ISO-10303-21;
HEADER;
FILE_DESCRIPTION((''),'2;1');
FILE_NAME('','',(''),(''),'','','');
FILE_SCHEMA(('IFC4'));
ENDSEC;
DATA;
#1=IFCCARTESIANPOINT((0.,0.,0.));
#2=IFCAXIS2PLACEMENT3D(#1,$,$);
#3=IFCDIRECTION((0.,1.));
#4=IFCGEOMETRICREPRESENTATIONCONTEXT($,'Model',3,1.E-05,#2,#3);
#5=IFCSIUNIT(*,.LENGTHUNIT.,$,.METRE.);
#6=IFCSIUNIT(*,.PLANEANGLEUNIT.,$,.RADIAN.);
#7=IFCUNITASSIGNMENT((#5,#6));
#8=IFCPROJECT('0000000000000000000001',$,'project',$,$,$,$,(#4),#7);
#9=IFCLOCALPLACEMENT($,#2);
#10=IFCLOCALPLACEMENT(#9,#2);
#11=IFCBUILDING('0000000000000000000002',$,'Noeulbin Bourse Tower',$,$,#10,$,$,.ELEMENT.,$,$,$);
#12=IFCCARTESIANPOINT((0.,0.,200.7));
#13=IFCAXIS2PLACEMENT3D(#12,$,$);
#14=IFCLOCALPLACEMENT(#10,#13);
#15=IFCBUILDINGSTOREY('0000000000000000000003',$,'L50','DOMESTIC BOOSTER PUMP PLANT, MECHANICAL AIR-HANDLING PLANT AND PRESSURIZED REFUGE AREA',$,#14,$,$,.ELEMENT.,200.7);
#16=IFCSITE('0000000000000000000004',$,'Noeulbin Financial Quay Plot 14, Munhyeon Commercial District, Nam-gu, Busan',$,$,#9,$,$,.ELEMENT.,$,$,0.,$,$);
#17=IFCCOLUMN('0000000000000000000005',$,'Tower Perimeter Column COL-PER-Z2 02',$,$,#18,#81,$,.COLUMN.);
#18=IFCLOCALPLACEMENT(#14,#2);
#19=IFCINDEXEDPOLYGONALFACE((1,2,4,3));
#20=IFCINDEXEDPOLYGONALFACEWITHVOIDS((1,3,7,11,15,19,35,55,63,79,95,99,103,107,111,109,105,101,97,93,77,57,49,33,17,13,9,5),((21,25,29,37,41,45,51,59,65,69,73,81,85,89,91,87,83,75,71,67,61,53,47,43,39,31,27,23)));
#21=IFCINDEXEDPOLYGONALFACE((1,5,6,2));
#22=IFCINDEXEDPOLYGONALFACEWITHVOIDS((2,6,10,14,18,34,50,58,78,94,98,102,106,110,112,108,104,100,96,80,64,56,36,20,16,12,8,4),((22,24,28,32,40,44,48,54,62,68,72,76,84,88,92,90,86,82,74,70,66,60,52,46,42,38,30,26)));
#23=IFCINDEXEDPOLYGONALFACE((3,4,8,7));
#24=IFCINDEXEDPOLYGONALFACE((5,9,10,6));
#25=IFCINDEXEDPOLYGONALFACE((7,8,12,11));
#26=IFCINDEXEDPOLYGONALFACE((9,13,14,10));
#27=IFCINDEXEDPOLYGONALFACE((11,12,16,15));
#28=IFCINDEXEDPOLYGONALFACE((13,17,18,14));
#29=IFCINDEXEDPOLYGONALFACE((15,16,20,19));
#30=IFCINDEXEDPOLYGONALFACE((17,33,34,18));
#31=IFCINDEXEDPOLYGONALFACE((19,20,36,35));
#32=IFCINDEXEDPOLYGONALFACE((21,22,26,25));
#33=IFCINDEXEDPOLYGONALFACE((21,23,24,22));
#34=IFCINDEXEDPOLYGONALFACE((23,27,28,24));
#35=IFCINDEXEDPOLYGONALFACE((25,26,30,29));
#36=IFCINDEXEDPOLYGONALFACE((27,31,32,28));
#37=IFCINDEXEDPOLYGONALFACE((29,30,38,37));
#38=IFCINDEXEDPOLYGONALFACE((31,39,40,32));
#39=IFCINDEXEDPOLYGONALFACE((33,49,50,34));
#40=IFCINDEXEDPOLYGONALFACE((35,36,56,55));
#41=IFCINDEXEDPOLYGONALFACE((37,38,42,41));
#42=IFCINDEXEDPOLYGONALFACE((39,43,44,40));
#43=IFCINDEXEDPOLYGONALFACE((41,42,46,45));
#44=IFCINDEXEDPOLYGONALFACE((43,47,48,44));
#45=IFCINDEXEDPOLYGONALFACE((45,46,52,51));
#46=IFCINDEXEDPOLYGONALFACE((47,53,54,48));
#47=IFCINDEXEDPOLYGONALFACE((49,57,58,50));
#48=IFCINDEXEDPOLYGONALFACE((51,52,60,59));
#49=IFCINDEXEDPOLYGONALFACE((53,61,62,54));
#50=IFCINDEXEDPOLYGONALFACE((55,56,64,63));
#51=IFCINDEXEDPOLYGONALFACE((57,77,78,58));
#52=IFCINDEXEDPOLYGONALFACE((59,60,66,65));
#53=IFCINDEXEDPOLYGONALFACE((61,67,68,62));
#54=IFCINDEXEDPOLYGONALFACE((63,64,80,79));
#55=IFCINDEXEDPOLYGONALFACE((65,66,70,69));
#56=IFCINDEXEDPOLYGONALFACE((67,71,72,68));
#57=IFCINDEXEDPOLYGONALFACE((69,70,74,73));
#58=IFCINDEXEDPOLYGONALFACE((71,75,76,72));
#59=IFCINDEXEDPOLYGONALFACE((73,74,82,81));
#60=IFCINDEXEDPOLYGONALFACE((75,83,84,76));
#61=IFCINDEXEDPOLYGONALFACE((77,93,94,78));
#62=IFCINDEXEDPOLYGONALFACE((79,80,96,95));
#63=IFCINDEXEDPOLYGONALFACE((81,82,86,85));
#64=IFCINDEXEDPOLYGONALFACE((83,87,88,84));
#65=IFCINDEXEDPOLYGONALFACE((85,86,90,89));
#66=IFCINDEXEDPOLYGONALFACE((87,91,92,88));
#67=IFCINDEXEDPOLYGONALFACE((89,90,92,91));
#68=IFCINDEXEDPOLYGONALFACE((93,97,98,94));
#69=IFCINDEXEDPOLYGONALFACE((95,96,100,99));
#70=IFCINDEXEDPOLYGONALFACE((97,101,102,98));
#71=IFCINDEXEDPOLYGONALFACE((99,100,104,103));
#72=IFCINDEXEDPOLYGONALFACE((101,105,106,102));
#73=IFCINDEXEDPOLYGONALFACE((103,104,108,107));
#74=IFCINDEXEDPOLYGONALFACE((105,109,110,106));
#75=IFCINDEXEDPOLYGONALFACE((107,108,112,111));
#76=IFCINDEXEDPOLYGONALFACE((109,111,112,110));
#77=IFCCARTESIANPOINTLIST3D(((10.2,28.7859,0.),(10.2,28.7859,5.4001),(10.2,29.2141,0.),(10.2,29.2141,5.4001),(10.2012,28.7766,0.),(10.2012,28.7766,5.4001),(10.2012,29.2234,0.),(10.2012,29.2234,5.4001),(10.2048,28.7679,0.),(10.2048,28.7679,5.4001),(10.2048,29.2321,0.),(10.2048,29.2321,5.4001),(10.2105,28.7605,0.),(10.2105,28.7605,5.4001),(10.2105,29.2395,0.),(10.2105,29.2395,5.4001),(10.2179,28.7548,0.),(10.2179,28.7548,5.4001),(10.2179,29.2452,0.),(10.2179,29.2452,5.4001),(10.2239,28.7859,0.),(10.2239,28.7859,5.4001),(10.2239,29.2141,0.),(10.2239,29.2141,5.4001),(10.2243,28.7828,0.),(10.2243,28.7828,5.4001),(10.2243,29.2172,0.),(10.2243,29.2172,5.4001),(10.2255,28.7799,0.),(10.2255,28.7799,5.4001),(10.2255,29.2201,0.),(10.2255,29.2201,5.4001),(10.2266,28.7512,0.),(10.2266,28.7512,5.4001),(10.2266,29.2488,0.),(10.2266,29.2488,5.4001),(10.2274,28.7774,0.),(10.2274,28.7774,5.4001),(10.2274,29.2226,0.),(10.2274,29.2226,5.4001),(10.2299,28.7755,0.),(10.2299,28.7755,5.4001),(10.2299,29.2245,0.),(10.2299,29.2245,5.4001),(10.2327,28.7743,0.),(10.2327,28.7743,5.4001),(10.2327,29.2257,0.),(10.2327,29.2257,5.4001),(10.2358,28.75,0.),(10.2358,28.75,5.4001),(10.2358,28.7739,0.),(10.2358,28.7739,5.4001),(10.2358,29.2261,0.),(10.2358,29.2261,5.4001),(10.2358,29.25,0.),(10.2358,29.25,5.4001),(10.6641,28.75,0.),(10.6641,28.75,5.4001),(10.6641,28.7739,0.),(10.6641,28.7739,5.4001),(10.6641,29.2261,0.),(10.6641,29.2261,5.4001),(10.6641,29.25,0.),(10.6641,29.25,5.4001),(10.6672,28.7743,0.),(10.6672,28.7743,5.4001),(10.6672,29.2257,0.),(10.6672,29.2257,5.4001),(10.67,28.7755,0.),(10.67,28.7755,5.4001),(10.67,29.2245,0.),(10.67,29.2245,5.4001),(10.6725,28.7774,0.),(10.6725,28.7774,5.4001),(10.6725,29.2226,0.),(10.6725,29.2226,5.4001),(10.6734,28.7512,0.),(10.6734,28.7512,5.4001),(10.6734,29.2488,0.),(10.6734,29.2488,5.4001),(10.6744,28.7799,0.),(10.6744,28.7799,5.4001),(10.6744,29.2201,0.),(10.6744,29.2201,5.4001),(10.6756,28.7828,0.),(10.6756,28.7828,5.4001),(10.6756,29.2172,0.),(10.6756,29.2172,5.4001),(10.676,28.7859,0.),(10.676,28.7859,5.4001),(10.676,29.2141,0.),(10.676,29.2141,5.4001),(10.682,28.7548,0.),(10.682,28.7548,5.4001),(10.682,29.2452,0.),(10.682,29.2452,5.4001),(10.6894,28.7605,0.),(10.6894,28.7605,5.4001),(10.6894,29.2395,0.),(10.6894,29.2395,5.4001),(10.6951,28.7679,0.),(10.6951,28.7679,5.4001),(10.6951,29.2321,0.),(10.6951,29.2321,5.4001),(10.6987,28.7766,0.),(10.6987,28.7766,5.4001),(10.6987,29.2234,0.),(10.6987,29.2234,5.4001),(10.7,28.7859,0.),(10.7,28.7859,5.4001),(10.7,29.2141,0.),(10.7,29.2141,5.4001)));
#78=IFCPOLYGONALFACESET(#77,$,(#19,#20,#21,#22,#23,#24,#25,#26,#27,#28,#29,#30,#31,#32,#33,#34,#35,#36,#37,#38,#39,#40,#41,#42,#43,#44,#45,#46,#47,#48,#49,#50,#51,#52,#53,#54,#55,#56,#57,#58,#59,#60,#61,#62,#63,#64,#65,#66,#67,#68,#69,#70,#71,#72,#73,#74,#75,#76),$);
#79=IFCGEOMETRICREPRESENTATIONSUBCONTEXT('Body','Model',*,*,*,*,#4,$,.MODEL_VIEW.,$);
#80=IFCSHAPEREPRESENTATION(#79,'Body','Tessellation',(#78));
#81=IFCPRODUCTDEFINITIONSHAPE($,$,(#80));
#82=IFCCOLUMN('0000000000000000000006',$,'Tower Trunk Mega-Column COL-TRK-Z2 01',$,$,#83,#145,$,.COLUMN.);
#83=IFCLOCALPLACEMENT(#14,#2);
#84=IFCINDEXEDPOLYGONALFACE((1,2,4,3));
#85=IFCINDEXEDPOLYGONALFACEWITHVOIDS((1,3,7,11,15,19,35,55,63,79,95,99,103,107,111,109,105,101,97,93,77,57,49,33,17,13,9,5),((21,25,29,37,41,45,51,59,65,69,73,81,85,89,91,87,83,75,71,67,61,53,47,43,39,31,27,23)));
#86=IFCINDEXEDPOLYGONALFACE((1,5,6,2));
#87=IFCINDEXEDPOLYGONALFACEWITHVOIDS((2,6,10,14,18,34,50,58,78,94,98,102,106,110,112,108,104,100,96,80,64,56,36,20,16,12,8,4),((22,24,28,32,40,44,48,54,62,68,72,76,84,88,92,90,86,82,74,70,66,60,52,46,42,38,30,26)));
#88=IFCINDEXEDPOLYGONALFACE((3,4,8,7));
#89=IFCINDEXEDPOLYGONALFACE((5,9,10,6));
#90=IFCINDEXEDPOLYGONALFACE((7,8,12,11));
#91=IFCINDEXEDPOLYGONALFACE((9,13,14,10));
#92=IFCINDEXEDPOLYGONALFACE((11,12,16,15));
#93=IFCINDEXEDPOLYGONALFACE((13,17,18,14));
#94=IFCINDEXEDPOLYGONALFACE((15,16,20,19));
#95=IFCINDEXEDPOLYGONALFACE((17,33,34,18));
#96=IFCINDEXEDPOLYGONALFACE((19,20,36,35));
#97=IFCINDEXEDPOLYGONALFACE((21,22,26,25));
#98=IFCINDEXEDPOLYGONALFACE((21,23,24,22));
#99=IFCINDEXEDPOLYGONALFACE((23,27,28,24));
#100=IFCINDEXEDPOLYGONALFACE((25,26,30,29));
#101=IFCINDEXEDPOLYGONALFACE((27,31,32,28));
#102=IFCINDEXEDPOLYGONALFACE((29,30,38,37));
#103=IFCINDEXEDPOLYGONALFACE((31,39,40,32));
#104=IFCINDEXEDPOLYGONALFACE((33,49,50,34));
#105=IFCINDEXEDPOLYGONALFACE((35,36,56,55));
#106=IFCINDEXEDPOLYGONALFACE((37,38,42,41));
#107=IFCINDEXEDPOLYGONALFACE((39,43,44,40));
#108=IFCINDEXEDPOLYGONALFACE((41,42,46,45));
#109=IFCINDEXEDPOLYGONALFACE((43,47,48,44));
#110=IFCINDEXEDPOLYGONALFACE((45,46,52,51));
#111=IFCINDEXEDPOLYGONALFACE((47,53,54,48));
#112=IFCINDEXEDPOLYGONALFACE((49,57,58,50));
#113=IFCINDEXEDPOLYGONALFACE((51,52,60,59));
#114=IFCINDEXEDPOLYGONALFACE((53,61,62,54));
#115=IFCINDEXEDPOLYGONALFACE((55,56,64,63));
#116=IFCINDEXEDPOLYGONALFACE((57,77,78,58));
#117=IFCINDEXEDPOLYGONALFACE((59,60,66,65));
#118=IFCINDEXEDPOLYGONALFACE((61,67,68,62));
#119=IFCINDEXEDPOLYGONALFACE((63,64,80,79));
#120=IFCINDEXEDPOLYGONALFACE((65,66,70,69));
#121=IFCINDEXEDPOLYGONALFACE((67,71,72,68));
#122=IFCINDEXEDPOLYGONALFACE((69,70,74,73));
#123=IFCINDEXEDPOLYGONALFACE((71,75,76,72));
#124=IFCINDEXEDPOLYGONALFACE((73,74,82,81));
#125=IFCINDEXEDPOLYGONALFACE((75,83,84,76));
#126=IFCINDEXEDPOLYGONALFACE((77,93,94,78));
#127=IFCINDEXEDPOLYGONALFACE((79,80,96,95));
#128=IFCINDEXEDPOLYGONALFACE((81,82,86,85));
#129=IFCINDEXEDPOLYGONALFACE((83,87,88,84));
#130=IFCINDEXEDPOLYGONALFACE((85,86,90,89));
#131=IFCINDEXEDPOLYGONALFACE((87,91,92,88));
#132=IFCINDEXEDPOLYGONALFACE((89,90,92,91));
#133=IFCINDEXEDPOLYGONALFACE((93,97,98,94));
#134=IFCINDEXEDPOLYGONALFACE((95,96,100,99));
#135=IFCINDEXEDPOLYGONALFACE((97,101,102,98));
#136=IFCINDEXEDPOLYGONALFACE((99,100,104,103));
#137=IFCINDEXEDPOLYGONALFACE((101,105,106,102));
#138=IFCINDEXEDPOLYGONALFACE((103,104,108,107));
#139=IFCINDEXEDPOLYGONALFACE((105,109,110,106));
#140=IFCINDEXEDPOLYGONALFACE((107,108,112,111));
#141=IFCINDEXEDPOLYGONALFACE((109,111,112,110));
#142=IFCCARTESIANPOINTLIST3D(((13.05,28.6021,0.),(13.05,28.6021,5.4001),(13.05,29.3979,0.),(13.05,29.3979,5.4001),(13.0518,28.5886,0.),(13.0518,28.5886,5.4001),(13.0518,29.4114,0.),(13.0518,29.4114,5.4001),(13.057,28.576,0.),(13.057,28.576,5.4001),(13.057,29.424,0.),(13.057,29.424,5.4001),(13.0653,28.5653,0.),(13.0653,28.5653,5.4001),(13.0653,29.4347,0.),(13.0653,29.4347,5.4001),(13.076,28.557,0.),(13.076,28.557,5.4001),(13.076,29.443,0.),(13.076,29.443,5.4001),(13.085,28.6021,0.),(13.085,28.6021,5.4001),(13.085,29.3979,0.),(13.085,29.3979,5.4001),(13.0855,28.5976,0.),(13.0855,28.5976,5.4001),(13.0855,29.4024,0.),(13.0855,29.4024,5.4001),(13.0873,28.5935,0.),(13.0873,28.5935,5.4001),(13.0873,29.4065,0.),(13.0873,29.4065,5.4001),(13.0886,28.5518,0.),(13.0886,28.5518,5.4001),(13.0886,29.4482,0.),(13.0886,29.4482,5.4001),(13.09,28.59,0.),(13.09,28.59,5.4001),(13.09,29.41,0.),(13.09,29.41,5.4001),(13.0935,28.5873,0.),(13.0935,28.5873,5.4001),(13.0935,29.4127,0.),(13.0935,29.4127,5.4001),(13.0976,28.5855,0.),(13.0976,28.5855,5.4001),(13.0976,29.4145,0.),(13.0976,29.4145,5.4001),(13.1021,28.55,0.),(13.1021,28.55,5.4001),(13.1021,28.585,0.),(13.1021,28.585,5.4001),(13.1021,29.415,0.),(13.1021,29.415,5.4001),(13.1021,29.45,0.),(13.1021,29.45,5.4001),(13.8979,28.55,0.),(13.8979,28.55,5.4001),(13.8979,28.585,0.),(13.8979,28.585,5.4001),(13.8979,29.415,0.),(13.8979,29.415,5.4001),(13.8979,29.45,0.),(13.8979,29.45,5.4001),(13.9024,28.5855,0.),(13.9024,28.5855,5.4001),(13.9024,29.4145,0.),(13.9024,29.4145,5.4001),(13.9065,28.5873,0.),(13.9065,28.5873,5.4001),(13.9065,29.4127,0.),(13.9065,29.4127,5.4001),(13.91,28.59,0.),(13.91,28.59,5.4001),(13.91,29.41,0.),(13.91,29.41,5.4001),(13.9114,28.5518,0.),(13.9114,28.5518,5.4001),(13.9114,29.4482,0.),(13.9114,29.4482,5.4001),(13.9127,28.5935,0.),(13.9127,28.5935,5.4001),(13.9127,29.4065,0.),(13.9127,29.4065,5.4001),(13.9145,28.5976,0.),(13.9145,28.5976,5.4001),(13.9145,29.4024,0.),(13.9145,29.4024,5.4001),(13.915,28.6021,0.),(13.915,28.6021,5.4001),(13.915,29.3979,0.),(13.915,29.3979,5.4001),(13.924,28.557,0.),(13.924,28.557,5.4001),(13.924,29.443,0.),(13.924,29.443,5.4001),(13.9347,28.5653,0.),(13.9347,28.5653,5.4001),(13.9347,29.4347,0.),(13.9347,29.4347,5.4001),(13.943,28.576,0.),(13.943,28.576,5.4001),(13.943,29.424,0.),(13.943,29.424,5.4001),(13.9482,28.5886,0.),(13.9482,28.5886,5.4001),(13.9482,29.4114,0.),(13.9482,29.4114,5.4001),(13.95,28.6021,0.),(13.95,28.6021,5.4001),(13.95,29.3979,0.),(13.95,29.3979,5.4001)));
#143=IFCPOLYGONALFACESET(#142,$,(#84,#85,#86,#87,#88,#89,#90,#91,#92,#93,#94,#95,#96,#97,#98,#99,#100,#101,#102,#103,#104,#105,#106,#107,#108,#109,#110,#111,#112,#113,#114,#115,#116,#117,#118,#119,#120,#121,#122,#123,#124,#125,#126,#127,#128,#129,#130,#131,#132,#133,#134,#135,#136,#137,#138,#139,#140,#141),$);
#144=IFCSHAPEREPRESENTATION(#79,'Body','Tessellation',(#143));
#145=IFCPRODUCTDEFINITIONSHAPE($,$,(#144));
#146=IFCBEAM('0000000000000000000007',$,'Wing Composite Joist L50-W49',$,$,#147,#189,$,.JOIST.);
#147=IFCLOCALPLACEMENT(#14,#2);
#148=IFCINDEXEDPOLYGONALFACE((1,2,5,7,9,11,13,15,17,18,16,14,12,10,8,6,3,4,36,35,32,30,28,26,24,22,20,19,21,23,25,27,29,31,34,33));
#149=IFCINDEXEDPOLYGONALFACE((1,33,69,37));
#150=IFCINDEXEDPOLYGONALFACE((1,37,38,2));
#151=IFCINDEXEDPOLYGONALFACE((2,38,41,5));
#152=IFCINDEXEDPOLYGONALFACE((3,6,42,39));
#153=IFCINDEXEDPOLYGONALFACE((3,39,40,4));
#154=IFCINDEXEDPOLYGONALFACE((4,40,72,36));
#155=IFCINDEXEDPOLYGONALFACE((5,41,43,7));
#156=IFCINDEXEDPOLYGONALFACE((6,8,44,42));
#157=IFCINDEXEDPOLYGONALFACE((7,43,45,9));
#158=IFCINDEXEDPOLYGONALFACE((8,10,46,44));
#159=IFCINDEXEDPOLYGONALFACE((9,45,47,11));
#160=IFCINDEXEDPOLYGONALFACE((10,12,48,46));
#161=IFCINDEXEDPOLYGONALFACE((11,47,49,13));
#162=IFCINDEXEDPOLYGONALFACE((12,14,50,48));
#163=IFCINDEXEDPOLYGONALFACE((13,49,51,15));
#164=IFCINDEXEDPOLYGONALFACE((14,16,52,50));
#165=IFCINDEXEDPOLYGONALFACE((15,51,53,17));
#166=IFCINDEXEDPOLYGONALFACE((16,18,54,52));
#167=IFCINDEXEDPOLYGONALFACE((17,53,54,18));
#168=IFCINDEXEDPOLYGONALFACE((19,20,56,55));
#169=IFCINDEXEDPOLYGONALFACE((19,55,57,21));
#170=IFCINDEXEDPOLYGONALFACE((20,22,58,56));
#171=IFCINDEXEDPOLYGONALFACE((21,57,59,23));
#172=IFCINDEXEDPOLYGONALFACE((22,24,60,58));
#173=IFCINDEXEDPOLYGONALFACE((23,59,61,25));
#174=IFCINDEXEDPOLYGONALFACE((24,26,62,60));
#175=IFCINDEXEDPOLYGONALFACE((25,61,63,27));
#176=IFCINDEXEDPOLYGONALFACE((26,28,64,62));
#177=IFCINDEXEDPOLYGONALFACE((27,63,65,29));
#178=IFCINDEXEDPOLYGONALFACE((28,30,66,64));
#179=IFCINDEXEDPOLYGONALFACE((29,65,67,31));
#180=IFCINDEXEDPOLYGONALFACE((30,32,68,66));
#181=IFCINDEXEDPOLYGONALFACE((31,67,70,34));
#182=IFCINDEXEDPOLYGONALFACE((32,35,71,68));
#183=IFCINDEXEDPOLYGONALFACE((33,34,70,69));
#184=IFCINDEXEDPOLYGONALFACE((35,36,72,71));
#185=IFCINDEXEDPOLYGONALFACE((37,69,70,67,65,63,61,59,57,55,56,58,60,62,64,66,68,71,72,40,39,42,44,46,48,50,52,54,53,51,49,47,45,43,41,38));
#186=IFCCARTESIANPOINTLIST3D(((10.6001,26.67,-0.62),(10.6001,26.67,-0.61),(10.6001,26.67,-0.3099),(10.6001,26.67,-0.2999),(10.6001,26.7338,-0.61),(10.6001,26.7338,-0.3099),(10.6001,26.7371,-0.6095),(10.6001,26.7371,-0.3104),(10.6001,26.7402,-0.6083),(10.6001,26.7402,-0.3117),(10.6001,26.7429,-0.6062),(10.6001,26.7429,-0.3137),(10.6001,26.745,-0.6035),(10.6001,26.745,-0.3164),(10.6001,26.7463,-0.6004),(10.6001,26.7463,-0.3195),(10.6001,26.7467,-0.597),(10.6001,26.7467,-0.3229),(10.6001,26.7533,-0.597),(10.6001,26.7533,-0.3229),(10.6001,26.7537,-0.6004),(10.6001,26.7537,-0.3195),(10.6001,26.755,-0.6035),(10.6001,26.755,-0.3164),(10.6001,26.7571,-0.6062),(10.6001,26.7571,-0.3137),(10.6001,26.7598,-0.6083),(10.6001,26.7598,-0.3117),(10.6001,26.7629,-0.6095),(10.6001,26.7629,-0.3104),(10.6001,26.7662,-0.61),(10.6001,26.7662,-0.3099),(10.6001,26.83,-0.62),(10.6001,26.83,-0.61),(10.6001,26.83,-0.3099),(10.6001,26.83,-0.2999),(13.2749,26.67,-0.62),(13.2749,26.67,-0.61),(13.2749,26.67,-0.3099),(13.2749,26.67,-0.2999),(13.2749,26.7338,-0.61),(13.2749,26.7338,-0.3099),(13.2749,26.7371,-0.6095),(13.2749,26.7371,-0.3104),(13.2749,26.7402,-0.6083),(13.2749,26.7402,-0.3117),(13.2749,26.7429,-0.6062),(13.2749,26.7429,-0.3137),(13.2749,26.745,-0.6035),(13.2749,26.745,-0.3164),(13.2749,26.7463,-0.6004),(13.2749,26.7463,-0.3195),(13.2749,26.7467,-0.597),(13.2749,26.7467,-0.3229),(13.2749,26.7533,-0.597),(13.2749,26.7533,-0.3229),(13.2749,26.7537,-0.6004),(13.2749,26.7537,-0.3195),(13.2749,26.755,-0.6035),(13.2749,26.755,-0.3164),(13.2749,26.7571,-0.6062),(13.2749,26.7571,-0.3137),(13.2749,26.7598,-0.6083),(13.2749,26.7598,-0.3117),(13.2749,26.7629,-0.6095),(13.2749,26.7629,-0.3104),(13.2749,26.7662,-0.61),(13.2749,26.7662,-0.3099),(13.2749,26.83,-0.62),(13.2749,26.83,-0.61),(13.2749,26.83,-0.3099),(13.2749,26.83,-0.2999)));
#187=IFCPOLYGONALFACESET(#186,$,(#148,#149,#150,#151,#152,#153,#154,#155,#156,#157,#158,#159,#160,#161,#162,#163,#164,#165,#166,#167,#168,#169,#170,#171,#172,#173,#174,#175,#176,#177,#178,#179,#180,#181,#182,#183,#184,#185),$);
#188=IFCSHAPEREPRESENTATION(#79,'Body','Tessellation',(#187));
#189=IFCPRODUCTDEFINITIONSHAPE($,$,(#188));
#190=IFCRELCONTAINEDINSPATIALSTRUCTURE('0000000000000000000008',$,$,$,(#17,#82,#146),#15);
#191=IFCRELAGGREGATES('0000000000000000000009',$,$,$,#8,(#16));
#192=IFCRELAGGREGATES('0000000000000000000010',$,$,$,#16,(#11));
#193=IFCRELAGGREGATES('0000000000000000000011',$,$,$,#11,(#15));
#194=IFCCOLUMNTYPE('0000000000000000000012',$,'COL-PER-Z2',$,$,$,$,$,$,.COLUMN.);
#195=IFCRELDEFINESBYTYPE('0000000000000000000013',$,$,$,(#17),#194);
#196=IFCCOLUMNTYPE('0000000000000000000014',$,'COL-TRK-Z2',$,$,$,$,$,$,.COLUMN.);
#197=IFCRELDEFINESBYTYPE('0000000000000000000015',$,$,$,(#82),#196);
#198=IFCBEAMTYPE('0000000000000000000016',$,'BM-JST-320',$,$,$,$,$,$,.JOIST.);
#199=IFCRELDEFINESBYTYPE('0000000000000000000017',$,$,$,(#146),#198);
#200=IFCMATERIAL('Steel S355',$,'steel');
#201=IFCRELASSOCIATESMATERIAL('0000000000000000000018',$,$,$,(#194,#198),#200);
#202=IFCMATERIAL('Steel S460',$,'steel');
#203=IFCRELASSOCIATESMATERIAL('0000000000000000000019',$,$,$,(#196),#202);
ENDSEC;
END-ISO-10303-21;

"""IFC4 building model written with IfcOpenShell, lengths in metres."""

from ifc_helpers import new_model, si_unit, direction, frame, origin, origin_2d, place, context, subcontext, project, spatial, hollow_rectangle, i_section, extrude, material, material_profile, profile_set, type_object, element, save


model = new_model("IFC4")

# Units and contexts
model_context = context("Model", 3, precision=1e-05, world=origin(), true_north=direction((0.0, 1.0)))
body_context = subcontext(model_context, "Body", "Model", "MODEL_VIEW")
ifc_project = project(units=[si_unit("LENGTHUNIT", "METRE"), si_unit("PLANEANGLEUNIT", "RADIAN")], contexts=[model_context])

# Site, building, storey
site_placement = place(None, origin())
site = spatial("IfcSite", under=ifc_project, at=site_placement, Name="Noeulbin Financial Quay Plot 14, Munhyeon Commercial District, Nam-gu, Busan", CompositionType="ELEMENT", RefElevation=0.0)
building_placement = place(site_placement, origin())
building = spatial("IfcBuilding", under=site, at=building_placement, Name="Noeulbin Bourse Tower", CompositionType="ELEMENT")
storey_placement = place(building_placement, frame((0.0, 0.0, 200.7)))
storey = spatial("IfcBuildingStorey", under=building, at=storey_placement, Name="L50", Description="DOMESTIC BOOSTER PUMP PLANT, MECHANICAL AIR-HANDLING PLANT AND PRESSURIZED REFUGE AREA", CompositionType="ELEMENT", Elevation=200.7)

# Columns
ifc_material_1 = material(Name="Steel S355", Category="steel")
ifc_material_profile_1 = material_profile(ifc_material_1, hollow_rectangle(XDim=0.5, YDim=0.5, WallThickness=0.0239, InnerFilletRadius=0.012, OuterFilletRadius=0.0359, at=origin_2d()), Name="BOX-500x500x24", Category="LoadBearing")
ifc_profile_set_1 = profile_set([ifc_material_profile_1], Name="Steel S355")
column_type_1 = type_object("IfcColumnType", Name="COL-PER-Z2", PredefinedType="COLUMN", material=ifc_profile_set_1)
column_1_placement = place(storey_placement, frame((10.45, 29.0, 0.0), z_axis=(0.0, 0.0, 1.0), x_axis=(1.0, 0.0, 0.0)))
element("IfcColumn", 1, at=column_1_placement, inside=storey, type_object=column_type_1, Name="Tower Perimeter Column COL-PER-Z2 02", PredefinedType="COLUMN", context=body_context, shape_type="SweptSolid", body=[
    extrude(hollow_rectangle(XDim=0.5, YDim=0.5, WallThickness=0.0239, InnerFilletRadius=0.012, OuterFilletRadius=0.0359, at=origin_2d()), origin(), (0.0, 0.0, 1.0), 5.4001),
])
ifc_material_2 = material(Name="Steel S460", Category="steel")
ifc_material_profile_2 = material_profile(ifc_material_2, hollow_rectangle(XDim=0.8999, YDim=0.8999, WallThickness=0.0349, InnerFilletRadius=0.0171, OuterFilletRadius=0.052, at=origin_2d()), Name="BOX-900x900x35", Category="LoadBearing")
ifc_profile_set_2 = profile_set([ifc_material_profile_2], Name="Steel S460")
column_type_2 = type_object("IfcColumnType", Name="COL-TRK-Z2", PredefinedType="COLUMN", material=ifc_profile_set_2)
column_2_placement = place(storey_placement, frame((13.5, 29.0, 0.0), z_axis=(0.0, 0.0, 1.0), x_axis=(1.0, 0.0, 0.0)))
element("IfcColumn", 2, at=column_2_placement, inside=storey, type_object=column_type_2, Name="Tower Trunk Mega-Column COL-TRK-Z2 01", PredefinedType="COLUMN", context=body_context, shape_type="SweptSolid", body=[
    extrude(hollow_rectangle(XDim=0.8999, YDim=0.8999, WallThickness=0.0349, InnerFilletRadius=0.0171, OuterFilletRadius=0.052, at=origin_2d()), origin(), (0.0, 0.0, 1.0), 5.4001),
])

# Beam
ifc_material_profile_3 = material_profile(ifc_material_1, i_section(OverallWidth=0.1599, OverallDepth=0.3201, WebThickness=0.0066, FlangeThickness=0.01, FilletRadius=0.0129, at=origin_2d()), Name="H-320x160x6.5x10", Category="LoadBearing")
ifc_profile_set_3 = profile_set([ifc_material_profile_3], Name="Steel S355")
beam_type_1 = type_object("IfcBeamType", Name="BM-JST-320", PredefinedType="JOIST", material=ifc_profile_set_3)
beam_1_placement = place(storey_placement, frame((10.6001, 26.75, -0.46), z_axis=(1.0, 0.0, 0.0), x_axis=(0.0, 1.0, 0.0)))
element("IfcBeam", 3, at=beam_1_placement, inside=storey, type_object=beam_type_1, Name="Wing Composite Joist L50-W49", PredefinedType="JOIST", context=body_context, shape_type="SweptSolid", body=[
    extrude(i_section(OverallWidth=0.1599, OverallDepth=0.3201, WebThickness=0.0066, FlangeThickness=0.01, FilletRadius=0.0129, at=origin_2d()), origin(), (0.0, 0.0, 1.0), 2.6748),
])

save(model, "model.ifc")
